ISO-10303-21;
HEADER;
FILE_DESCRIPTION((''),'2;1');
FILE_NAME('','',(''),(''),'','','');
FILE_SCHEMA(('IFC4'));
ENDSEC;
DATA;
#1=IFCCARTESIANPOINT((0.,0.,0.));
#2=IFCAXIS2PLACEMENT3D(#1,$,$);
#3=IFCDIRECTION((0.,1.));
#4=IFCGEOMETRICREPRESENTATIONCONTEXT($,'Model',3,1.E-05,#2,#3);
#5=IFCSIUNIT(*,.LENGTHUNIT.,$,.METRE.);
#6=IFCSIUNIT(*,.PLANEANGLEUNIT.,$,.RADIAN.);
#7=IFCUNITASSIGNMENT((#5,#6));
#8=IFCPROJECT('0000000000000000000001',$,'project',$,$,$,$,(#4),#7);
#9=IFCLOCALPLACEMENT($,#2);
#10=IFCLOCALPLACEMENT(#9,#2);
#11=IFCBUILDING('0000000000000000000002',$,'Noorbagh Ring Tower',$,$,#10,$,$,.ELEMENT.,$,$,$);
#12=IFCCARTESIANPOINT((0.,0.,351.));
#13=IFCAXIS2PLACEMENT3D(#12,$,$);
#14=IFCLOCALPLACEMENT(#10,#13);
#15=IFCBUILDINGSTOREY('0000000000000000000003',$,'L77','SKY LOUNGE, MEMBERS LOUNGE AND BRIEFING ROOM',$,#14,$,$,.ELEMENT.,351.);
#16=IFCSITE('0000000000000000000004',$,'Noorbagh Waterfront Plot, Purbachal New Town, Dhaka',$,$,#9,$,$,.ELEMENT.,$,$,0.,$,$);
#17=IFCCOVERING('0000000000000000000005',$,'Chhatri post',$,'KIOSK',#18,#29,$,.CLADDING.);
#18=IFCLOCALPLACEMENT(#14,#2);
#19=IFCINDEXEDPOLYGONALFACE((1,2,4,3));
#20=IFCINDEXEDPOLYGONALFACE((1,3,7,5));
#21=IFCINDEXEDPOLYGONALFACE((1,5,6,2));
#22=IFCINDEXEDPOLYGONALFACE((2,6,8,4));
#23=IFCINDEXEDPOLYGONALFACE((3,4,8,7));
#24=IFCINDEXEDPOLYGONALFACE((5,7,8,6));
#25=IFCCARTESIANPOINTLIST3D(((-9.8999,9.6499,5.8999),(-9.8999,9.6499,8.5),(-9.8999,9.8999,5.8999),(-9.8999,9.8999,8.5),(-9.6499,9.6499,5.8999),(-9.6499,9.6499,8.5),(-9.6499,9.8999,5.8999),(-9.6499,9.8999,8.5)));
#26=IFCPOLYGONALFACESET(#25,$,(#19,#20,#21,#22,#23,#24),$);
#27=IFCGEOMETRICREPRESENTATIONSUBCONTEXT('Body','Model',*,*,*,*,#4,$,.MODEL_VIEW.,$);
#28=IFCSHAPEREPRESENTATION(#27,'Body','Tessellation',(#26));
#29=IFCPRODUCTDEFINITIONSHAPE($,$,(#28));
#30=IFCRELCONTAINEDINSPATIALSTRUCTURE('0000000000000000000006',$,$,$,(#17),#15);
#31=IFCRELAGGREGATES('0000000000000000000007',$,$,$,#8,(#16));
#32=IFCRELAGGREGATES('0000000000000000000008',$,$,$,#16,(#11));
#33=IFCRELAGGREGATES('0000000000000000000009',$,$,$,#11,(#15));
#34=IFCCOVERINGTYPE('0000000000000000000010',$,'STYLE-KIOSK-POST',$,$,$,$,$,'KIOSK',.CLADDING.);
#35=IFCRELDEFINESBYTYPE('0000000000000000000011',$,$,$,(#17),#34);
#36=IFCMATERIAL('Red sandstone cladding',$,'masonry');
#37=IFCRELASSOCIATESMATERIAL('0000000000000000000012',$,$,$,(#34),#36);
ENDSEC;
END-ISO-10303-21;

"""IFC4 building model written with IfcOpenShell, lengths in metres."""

from ifc_helpers import new_model, si_unit, direction, frame, origin, origin_2d, place, context, subcontext, project, spatial, rectangle, extrude, material, type_object, element, save


model = new_model("IFC4")

# Units and contexts
model_context = context("Model", 3, precision=1e-05, world=origin(), true_north=direction((0.0, 1.0)))
body_context = subcontext(model_context, "Body", "Model", "MODEL_VIEW")
ifc_project = project(units=[si_unit("LENGTHUNIT", "METRE"), si_unit("PLANEANGLEUNIT", "RADIAN")], contexts=[model_context])

# Site, building, storey
site_placement = place(None, origin())
site = spatial("IfcSite", under=ifc_project, at=site_placement, Name="Noorbagh Waterfront Plot, Purbachal New Town, Dhaka", CompositionType="ELEMENT", RefElevation=0.0)
building_placement = place(site_placement, origin())
building = spatial("IfcBuilding", under=site, at=building_placement, Name="Noorbagh Ring Tower", CompositionType="ELEMENT")
storey_placement = place(building_placement, frame((0.0, 0.0, 351.0)))
storey = spatial("IfcBuildingStorey", under=building, at=storey_placement, Name="L77", Description="SKY LOUNGE, MEMBERS LOUNGE AND BRIEFING ROOM", CompositionType="ELEMENT", Elevation=351.0)

# Covering
ifc_material_1 = material(Name="Red sandstone cladding", Category="masonry")
covering_type_1 = type_object("IfcCoveringType", Name="STYLE-KIOSK-POST", ElementType="KIOSK", PredefinedType="CLADDING", material=ifc_material_1)
for number, where, z_axis, x_axis, name in (
    (1, (-9.7749, 9.7749, 5.8999), (0.0, 0.0, 1.0), (1.0, 0.0, 0.0), "Chhatri post"),
):
    element("IfcCovering", number, at=place(storey_placement, frame(where, z_axis=z_axis, x_axis=x_axis)), inside=storey, type_object=covering_type_1, Name=name, ObjectType="KIOSK", PredefinedType="CLADDING", context=body_context, shape_type="SweptSolid", body=[
        extrude(rectangle(XDim=0.25, YDim=0.25, at=origin_2d()), origin(), (0.0, 0.0, 1.0), 2.6001),
    ])

save(model, "model.ifc")
